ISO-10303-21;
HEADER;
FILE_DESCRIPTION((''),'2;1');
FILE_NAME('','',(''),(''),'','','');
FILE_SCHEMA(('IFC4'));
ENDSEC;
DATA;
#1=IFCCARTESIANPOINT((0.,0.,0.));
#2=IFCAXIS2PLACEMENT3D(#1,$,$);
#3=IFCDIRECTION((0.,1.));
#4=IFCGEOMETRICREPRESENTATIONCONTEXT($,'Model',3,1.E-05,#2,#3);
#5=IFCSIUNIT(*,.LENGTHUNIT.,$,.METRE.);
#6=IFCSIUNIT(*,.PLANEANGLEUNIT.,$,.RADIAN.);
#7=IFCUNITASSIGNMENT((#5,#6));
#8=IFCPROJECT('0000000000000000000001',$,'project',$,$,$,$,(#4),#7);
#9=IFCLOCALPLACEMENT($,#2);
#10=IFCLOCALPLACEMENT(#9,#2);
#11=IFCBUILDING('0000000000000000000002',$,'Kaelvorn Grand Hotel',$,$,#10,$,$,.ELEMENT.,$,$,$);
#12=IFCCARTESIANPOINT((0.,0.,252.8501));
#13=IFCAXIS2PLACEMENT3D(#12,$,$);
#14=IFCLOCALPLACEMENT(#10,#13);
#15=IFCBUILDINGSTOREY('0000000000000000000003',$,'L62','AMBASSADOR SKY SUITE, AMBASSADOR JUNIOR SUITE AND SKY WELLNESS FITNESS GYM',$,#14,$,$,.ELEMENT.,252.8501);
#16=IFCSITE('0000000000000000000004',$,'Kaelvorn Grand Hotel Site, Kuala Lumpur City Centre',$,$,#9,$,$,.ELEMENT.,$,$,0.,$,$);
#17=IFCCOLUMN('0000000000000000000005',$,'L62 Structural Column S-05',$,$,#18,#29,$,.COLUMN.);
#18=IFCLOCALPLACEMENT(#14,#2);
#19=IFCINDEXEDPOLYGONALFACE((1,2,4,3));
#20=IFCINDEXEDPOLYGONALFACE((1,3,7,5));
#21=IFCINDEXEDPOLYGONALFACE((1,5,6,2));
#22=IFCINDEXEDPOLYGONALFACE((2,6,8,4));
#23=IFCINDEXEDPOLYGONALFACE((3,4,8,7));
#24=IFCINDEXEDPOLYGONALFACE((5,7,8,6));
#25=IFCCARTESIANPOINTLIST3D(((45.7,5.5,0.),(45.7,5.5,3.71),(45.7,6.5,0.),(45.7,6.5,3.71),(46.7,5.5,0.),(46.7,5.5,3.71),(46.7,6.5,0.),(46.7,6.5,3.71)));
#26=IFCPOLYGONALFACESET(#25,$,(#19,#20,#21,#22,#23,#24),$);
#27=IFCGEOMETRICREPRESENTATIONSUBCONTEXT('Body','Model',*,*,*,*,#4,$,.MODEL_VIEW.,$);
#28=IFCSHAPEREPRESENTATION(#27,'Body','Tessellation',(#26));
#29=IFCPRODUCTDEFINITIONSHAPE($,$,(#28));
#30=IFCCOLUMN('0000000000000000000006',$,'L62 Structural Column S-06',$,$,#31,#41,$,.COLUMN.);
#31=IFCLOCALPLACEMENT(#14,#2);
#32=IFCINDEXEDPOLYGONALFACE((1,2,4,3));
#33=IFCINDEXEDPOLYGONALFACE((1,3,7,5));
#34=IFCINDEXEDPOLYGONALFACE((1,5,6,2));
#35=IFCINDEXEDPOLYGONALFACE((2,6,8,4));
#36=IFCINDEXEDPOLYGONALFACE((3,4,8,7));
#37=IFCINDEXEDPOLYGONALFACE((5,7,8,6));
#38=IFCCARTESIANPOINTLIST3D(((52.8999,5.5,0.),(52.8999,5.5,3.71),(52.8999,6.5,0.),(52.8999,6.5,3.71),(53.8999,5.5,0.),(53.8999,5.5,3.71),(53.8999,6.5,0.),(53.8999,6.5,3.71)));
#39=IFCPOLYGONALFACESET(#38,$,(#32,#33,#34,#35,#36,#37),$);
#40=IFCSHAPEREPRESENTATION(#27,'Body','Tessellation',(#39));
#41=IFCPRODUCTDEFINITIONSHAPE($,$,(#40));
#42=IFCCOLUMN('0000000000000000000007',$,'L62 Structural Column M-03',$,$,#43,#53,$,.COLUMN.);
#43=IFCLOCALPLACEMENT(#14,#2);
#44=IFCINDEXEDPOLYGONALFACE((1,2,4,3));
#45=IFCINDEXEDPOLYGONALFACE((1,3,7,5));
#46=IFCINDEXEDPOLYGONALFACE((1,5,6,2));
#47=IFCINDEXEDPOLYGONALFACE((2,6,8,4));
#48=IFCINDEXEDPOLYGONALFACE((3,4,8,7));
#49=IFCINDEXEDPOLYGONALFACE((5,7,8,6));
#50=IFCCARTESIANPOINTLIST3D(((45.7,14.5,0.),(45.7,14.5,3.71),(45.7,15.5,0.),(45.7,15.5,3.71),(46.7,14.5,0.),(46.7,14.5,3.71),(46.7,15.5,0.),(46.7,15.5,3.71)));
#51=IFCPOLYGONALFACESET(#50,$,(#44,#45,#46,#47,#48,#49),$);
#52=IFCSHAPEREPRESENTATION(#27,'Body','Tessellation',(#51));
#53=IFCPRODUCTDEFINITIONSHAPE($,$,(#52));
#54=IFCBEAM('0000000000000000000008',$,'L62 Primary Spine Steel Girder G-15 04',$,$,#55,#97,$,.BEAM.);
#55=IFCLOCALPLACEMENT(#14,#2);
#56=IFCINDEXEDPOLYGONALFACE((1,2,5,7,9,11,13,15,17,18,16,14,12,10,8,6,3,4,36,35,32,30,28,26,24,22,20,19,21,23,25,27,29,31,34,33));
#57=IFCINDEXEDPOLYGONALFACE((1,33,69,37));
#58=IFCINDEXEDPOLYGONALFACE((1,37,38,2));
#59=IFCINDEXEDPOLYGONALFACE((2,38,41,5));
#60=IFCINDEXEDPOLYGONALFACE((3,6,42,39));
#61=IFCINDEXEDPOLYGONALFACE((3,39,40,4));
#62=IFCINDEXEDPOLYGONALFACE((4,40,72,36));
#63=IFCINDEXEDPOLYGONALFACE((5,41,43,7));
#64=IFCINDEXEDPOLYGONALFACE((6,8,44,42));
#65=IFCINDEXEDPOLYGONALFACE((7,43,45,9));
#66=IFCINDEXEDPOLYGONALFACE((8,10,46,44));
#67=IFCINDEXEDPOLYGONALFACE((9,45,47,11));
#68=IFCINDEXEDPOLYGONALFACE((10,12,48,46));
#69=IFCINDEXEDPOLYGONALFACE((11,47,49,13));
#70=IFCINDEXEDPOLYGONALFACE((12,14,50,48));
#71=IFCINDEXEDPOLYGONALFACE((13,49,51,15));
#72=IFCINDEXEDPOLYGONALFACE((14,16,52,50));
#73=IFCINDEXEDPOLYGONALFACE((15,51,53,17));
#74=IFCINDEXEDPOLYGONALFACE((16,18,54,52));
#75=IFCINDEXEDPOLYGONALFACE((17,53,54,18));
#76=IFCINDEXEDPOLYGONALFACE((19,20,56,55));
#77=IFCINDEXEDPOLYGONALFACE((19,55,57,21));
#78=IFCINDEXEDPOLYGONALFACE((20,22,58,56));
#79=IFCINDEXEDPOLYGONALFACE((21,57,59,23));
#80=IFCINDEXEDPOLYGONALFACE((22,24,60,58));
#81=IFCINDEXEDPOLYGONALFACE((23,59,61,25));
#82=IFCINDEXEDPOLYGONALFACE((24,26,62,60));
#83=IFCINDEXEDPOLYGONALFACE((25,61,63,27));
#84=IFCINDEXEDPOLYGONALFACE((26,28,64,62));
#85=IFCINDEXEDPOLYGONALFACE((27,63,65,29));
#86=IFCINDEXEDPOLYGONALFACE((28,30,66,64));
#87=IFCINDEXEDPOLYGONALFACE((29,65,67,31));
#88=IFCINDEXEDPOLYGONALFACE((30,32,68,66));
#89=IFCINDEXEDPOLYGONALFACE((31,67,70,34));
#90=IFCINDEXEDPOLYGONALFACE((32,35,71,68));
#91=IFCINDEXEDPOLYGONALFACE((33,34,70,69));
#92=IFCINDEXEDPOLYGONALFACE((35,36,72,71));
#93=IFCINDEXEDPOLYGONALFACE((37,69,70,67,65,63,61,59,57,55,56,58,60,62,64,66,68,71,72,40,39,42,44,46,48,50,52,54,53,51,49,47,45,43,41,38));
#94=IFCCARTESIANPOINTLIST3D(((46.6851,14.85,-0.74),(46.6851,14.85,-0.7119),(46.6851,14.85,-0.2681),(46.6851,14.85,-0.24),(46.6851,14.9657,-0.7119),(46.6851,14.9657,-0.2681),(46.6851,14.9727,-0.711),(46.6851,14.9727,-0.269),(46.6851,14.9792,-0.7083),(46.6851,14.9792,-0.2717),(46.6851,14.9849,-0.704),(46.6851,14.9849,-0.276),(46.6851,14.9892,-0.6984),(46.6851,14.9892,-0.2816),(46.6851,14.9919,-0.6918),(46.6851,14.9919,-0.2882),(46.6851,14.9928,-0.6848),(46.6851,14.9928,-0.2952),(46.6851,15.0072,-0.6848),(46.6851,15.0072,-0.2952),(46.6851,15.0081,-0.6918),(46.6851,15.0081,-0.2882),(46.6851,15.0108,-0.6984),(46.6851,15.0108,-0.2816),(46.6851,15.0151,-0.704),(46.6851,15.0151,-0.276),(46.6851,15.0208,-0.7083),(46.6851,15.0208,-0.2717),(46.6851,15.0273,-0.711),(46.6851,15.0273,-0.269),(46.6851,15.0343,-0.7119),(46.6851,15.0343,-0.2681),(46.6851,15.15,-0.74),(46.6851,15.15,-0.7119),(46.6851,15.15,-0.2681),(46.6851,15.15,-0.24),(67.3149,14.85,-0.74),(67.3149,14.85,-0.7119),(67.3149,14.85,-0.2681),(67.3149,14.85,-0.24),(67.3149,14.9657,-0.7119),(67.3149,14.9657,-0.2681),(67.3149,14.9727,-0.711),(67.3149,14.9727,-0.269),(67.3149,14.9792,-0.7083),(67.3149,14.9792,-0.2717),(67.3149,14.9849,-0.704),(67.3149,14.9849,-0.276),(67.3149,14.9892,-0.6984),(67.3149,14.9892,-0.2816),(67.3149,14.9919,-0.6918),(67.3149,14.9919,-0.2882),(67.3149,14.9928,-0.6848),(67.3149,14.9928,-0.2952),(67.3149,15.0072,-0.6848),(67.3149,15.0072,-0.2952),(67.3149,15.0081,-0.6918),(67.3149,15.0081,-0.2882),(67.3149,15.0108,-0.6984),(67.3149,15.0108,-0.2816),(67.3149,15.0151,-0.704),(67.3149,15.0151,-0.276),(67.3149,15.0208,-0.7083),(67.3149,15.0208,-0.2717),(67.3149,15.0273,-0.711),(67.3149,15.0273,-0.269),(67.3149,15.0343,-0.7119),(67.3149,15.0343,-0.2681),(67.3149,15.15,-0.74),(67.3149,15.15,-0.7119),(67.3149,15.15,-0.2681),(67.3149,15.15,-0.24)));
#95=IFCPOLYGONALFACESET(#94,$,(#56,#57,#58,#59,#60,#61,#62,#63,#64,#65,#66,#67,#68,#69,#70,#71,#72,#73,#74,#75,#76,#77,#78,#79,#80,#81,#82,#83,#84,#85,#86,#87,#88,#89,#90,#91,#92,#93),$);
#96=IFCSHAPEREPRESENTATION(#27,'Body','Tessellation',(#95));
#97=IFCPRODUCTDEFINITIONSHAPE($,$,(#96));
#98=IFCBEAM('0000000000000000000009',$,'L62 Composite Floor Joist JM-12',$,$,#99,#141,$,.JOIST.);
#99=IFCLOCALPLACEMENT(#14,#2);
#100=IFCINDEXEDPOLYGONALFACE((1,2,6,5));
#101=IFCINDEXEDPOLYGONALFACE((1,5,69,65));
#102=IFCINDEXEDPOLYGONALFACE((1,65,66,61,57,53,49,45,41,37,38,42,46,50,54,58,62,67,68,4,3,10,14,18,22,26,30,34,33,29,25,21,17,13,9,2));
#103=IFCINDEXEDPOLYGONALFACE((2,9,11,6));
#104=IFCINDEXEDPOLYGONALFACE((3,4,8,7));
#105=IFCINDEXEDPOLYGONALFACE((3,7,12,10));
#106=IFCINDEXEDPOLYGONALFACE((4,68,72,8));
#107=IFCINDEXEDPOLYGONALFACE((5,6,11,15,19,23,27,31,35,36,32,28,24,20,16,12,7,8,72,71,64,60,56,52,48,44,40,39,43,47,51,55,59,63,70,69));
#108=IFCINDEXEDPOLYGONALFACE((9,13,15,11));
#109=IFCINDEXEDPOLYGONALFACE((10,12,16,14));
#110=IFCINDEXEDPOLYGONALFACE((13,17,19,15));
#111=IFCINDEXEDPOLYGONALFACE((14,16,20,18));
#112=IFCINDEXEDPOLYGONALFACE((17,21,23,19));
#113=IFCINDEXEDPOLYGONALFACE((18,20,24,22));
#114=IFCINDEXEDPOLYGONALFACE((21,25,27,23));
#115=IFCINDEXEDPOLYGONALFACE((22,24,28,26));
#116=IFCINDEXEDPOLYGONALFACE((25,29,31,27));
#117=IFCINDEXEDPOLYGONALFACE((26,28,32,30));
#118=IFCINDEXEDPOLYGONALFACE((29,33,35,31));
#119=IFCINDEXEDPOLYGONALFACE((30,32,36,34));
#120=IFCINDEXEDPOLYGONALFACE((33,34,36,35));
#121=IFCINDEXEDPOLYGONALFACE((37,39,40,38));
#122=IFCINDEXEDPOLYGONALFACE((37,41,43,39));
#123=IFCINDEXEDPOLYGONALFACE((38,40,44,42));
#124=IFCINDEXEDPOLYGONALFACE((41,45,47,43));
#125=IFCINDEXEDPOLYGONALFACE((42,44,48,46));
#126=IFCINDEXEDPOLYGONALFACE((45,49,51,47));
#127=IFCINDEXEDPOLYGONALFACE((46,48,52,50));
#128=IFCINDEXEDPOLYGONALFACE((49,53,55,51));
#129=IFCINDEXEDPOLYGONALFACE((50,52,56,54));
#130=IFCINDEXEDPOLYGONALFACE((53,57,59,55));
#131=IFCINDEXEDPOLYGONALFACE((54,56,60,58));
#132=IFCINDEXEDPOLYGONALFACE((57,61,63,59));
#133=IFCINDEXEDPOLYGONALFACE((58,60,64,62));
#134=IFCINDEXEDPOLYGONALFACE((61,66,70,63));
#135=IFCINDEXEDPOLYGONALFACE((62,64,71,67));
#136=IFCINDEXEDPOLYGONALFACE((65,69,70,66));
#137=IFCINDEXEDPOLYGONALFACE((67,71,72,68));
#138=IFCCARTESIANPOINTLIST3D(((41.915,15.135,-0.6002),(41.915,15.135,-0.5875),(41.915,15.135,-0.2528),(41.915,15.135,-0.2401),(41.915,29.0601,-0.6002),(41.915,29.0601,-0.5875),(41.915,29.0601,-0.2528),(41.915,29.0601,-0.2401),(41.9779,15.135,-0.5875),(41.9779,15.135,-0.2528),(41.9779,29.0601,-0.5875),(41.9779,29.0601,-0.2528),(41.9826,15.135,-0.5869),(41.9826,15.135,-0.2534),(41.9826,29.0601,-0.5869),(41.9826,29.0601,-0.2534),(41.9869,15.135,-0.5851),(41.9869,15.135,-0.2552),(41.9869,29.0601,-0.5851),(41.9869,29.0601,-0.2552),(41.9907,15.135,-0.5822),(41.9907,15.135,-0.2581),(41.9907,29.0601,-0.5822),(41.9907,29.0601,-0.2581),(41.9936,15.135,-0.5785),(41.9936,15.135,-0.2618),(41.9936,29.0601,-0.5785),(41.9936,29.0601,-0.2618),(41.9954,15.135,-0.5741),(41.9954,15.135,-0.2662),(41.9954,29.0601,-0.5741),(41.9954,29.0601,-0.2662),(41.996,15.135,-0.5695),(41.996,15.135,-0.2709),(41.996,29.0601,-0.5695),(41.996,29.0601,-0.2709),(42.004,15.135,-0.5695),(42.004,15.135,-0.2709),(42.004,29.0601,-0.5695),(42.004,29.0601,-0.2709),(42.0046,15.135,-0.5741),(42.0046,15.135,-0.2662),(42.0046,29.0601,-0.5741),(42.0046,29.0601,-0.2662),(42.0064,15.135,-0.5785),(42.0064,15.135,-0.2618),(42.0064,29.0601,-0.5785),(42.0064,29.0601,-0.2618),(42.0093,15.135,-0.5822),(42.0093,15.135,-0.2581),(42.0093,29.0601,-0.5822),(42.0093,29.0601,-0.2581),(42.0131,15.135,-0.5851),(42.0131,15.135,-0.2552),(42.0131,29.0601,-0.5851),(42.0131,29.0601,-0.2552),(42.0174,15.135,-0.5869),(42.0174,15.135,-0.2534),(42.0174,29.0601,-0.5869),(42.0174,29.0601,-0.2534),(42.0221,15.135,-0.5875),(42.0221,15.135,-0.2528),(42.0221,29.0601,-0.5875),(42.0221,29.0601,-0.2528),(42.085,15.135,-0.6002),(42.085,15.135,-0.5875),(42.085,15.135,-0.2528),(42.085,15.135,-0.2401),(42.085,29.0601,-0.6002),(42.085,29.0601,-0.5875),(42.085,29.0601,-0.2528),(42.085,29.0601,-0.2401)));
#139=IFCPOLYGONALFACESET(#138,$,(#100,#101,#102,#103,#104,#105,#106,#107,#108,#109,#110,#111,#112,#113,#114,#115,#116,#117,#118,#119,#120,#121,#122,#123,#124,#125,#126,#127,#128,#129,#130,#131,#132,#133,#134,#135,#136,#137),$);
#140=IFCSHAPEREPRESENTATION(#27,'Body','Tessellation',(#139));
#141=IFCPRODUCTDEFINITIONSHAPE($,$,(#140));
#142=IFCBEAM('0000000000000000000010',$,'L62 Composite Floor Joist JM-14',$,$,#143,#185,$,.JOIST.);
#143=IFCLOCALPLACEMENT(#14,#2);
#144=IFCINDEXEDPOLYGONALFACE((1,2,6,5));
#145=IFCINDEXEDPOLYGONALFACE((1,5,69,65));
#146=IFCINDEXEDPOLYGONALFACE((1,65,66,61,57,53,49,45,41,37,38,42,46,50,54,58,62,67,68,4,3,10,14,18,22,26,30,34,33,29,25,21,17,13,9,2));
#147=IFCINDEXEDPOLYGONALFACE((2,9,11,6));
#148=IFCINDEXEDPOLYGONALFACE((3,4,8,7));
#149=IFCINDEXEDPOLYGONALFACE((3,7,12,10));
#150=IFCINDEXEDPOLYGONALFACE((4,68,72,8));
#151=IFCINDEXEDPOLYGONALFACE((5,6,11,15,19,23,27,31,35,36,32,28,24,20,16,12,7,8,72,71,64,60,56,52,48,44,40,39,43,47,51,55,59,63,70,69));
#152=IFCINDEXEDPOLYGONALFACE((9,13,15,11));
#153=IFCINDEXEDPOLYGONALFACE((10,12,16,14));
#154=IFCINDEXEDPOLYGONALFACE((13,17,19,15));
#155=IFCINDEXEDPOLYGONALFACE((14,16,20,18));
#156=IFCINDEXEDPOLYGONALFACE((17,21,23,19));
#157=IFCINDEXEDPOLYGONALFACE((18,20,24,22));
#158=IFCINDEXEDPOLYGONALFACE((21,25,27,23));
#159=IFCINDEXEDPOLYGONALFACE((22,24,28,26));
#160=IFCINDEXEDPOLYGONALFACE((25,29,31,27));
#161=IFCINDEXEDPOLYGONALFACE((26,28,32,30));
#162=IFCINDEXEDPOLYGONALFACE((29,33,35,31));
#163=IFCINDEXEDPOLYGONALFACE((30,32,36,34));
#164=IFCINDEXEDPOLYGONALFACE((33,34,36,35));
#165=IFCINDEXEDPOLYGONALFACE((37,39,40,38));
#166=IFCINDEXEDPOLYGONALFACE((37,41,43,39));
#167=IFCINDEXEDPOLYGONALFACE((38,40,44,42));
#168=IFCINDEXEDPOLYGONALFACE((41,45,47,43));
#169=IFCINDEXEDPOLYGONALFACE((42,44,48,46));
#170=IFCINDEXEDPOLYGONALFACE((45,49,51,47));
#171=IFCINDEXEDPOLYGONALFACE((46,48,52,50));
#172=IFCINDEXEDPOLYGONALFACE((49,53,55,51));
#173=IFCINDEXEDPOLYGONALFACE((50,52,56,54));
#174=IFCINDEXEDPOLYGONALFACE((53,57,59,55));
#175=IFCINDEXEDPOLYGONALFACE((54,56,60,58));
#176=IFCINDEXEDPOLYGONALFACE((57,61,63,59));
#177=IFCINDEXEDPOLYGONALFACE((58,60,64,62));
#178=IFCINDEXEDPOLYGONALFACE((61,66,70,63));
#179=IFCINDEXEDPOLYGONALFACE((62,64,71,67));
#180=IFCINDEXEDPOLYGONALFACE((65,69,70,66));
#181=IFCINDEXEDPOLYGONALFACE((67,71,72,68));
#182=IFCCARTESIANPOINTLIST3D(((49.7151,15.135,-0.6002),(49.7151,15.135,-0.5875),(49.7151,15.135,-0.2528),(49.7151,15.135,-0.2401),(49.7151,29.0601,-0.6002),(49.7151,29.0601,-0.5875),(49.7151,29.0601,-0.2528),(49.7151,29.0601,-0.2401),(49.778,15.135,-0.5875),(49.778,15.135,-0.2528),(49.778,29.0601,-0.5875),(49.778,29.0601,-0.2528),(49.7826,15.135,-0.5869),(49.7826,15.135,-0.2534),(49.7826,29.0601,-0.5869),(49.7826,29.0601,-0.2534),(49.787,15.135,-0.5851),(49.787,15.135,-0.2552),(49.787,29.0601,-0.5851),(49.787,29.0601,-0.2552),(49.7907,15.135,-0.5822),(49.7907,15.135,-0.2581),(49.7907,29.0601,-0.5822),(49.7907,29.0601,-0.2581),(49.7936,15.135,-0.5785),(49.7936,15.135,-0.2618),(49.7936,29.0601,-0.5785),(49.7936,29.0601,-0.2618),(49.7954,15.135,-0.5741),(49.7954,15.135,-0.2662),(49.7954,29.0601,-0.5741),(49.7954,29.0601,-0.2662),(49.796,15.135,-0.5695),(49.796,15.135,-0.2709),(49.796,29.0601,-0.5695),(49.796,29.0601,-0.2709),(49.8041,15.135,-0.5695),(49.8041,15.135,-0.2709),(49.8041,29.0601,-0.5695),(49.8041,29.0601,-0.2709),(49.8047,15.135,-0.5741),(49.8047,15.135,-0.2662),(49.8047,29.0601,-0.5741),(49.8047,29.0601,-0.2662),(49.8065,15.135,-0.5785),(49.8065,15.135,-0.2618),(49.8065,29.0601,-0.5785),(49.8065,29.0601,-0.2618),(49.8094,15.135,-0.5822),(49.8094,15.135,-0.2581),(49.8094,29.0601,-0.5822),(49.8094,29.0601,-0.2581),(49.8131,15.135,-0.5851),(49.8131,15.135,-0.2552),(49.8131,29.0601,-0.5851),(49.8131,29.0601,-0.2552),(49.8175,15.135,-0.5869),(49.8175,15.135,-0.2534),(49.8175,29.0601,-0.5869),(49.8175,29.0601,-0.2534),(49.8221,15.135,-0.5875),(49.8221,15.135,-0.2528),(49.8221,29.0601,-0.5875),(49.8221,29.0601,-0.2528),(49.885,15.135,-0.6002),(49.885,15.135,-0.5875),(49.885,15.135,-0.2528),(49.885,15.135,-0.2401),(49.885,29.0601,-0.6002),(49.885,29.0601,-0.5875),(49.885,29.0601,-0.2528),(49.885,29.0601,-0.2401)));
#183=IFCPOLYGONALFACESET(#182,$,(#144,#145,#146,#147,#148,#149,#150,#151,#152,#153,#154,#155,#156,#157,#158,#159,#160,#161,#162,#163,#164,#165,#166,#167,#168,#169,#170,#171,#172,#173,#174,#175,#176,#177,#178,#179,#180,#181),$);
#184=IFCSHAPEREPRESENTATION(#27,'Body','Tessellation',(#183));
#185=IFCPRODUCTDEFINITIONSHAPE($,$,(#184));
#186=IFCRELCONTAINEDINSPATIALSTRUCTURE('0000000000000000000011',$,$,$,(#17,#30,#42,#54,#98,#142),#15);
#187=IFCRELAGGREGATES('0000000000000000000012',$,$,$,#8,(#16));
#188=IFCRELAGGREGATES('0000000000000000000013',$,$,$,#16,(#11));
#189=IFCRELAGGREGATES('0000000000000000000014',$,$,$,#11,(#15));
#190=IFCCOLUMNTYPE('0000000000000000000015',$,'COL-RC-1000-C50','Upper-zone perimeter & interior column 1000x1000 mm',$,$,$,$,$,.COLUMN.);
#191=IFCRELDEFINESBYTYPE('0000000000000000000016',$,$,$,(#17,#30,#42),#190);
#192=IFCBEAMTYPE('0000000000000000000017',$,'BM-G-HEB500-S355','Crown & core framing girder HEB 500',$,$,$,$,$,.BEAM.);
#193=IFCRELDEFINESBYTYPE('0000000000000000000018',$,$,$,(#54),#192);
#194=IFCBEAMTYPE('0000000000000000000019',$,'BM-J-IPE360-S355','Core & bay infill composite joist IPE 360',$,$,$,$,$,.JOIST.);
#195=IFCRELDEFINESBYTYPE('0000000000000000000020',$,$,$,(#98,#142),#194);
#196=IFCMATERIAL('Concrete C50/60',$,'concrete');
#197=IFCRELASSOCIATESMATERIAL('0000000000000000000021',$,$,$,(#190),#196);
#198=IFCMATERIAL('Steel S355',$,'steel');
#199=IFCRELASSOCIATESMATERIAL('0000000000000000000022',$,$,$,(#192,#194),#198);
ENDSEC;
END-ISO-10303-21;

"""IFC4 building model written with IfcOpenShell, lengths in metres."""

from ifc_helpers import new_model, si_unit, direction, frame, origin, origin_2d, place, context, subcontext, project, spatial, rectangle, i_section, extrude, material, material_profile, profile_set, type_object, element, save


model = new_model("IFC4")

# Units and contexts
model_context = context("Model", 3, precision=1e-05, world=origin(), true_north=direction((0.0, 1.0)))
body_context = subcontext(model_context, "Body", "Model", "MODEL_VIEW")
ifc_project = project(units=[si_unit("LENGTHUNIT", "METRE"), si_unit("PLANEANGLEUNIT", "RADIAN")], contexts=[model_context])

# Site, building, storey
site_placement = place(None, origin())
site = spatial("IfcSite", under=ifc_project, at=site_placement, Name="Kaelvorn Grand Hotel Site, Kuala Lumpur City Centre", CompositionType="ELEMENT", RefElevation=0.0)
building_placement = place(site_placement, origin())
building = spatial("IfcBuilding", under=site, at=building_placement, Name="Kaelvorn Grand Hotel", CompositionType="ELEMENT")
storey_placement = place(building_placement, frame((0.0, 0.0, 252.8501)))
storey = spatial("IfcBuildingStorey", under=building, at=storey_placement, Name="L62", Description="AMBASSADOR SKY SUITE, AMBASSADOR JUNIOR SUITE AND SKY WELLNESS FITNESS GYM", CompositionType="ELEMENT", Elevation=252.8501)

# Columns
ifc_material_1 = material(Name="Concrete C50/60", Category="concrete")
ifc_material_profile_1 = material_profile(ifc_material_1, rectangle(XDim=1.0, YDim=1.0, at=origin_2d()), Name="RC COL 1000x1000")
ifc_profile_set_1 = profile_set([ifc_material_profile_1], Name="Concrete C50/60")
column_type = type_object("IfcColumnType", Name="COL-RC-1000-C50", Description="Upper-zone perimeter & interior column 1000x1000 mm", PredefinedType="COLUMN", material=ifc_profile_set_1)
for number, where, z_axis, x_axis, name in (
    (1, (46.2, 6.0, 0.0), (0.0, 0.0, 1.0), (1.0, 0.0, 0.0), "L62 Structural Column S-05"),
    (2, (53.3999, 6.0, 0.0), (0.0, 0.0, 1.0), (1.0, 0.0, 0.0), "L62 Structural Column S-06"),
    (3, (46.2, 15.0, 0.0), (0.0, 0.0, 1.0), (1.0, 0.0, 0.0), "L62 Structural Column M-03"),
):
    element("IfcColumn", number, at=place(storey_placement, frame(where, z_axis=z_axis, x_axis=x_axis)), inside=storey, type_object=column_type, Name=name, PredefinedType="COLUMN", context=body_context, shape_type="SweptSolid", body=[
        extrude(rectangle(XDim=1.0, YDim=1.0, at=origin_2d()), origin(), (0.0, 0.0, 1.0), 3.71),
    ])

# Beams
ifc_material_2 = material(Name="Steel S355", Category="steel")
ifc_material_profile_2 = material_profile(ifc_material_2, i_section(OverallWidth=0.3, OverallDepth=0.5, WebThickness=0.0144, FlangeThickness=0.0281, FilletRadius=0.0271, at=origin_2d()), Name="HEB 500")
ifc_profile_set_2 = profile_set([ifc_material_profile_2], Name="Steel S355")
beam_type_1 = type_object("IfcBeamType", Name="BM-G-HEB500-S355", Description="Crown & core framing girder HEB 500", PredefinedType="BEAM", material=ifc_profile_set_2)
beam_1_placement = place(storey_placement, frame((46.6851, 15.0, -0.49), z_axis=(1.0, 0.0, 0.0), x_axis=(0.0, 1.0, 0.0)))
element("IfcBeam", 4, at=beam_1_placement, inside=storey, type_object=beam_type_1, Name="L62 Primary Spine Steel Girder G-15 04", PredefinedType="BEAM", context=body_context, shape_type="SweptSolid", body=[
    extrude(i_section(OverallWidth=0.3, OverallDepth=0.5, WebThickness=0.0144, FlangeThickness=0.0281, FilletRadius=0.0271, at=origin_2d()), origin(), (0.0, 0.0, 1.0), 20.6299),
])
ifc_material_profile_3 = material_profile(ifc_material_2, i_section(OverallWidth=0.1699, OverallDepth=0.3601, WebThickness=0.0081, FlangeThickness=0.0127, FilletRadius=0.0181, at=origin_2d()), Name="IPE 360")
ifc_profile_set_3 = profile_set([ifc_material_profile_3], Name="Steel S355")
beam_type_2 = type_object("IfcBeamType", Name="BM-J-IPE360-S355", Description="Core & bay infill composite joist IPE 360", PredefinedType="JOIST", material=ifc_profile_set_3)
for number, where, z_axis, x_axis, name in (
    (5, (42.0, 15.135, -0.4202), (0.0, 1.0, 0.0), (-1.0, 0.0, 0.0), "L62 Composite Floor Joist JM-12"),
    (6, (49.8, 15.135, -0.4202), (0.0, 1.0, 0.0), (-1.0, 0.0, 0.0), "L62 Composite Floor Joist JM-14"),
):
    element("IfcBeam", number, at=place(storey_placement, frame(where, z_axis=z_axis, x_axis=x_axis)), inside=storey, type_object=beam_type_2, Name=name, PredefinedType="JOIST", context=body_context, shape_type="SweptSolid", body=[
        extrude(i_section(OverallWidth=0.1699, OverallDepth=0.3601, WebThickness=0.0081, FlangeThickness=0.0127, FilletRadius=0.0181, at=origin_2d()), origin(), (0.0, 0.0, 1.0), 13.925),
    ])

save(model, "model.ifc")
